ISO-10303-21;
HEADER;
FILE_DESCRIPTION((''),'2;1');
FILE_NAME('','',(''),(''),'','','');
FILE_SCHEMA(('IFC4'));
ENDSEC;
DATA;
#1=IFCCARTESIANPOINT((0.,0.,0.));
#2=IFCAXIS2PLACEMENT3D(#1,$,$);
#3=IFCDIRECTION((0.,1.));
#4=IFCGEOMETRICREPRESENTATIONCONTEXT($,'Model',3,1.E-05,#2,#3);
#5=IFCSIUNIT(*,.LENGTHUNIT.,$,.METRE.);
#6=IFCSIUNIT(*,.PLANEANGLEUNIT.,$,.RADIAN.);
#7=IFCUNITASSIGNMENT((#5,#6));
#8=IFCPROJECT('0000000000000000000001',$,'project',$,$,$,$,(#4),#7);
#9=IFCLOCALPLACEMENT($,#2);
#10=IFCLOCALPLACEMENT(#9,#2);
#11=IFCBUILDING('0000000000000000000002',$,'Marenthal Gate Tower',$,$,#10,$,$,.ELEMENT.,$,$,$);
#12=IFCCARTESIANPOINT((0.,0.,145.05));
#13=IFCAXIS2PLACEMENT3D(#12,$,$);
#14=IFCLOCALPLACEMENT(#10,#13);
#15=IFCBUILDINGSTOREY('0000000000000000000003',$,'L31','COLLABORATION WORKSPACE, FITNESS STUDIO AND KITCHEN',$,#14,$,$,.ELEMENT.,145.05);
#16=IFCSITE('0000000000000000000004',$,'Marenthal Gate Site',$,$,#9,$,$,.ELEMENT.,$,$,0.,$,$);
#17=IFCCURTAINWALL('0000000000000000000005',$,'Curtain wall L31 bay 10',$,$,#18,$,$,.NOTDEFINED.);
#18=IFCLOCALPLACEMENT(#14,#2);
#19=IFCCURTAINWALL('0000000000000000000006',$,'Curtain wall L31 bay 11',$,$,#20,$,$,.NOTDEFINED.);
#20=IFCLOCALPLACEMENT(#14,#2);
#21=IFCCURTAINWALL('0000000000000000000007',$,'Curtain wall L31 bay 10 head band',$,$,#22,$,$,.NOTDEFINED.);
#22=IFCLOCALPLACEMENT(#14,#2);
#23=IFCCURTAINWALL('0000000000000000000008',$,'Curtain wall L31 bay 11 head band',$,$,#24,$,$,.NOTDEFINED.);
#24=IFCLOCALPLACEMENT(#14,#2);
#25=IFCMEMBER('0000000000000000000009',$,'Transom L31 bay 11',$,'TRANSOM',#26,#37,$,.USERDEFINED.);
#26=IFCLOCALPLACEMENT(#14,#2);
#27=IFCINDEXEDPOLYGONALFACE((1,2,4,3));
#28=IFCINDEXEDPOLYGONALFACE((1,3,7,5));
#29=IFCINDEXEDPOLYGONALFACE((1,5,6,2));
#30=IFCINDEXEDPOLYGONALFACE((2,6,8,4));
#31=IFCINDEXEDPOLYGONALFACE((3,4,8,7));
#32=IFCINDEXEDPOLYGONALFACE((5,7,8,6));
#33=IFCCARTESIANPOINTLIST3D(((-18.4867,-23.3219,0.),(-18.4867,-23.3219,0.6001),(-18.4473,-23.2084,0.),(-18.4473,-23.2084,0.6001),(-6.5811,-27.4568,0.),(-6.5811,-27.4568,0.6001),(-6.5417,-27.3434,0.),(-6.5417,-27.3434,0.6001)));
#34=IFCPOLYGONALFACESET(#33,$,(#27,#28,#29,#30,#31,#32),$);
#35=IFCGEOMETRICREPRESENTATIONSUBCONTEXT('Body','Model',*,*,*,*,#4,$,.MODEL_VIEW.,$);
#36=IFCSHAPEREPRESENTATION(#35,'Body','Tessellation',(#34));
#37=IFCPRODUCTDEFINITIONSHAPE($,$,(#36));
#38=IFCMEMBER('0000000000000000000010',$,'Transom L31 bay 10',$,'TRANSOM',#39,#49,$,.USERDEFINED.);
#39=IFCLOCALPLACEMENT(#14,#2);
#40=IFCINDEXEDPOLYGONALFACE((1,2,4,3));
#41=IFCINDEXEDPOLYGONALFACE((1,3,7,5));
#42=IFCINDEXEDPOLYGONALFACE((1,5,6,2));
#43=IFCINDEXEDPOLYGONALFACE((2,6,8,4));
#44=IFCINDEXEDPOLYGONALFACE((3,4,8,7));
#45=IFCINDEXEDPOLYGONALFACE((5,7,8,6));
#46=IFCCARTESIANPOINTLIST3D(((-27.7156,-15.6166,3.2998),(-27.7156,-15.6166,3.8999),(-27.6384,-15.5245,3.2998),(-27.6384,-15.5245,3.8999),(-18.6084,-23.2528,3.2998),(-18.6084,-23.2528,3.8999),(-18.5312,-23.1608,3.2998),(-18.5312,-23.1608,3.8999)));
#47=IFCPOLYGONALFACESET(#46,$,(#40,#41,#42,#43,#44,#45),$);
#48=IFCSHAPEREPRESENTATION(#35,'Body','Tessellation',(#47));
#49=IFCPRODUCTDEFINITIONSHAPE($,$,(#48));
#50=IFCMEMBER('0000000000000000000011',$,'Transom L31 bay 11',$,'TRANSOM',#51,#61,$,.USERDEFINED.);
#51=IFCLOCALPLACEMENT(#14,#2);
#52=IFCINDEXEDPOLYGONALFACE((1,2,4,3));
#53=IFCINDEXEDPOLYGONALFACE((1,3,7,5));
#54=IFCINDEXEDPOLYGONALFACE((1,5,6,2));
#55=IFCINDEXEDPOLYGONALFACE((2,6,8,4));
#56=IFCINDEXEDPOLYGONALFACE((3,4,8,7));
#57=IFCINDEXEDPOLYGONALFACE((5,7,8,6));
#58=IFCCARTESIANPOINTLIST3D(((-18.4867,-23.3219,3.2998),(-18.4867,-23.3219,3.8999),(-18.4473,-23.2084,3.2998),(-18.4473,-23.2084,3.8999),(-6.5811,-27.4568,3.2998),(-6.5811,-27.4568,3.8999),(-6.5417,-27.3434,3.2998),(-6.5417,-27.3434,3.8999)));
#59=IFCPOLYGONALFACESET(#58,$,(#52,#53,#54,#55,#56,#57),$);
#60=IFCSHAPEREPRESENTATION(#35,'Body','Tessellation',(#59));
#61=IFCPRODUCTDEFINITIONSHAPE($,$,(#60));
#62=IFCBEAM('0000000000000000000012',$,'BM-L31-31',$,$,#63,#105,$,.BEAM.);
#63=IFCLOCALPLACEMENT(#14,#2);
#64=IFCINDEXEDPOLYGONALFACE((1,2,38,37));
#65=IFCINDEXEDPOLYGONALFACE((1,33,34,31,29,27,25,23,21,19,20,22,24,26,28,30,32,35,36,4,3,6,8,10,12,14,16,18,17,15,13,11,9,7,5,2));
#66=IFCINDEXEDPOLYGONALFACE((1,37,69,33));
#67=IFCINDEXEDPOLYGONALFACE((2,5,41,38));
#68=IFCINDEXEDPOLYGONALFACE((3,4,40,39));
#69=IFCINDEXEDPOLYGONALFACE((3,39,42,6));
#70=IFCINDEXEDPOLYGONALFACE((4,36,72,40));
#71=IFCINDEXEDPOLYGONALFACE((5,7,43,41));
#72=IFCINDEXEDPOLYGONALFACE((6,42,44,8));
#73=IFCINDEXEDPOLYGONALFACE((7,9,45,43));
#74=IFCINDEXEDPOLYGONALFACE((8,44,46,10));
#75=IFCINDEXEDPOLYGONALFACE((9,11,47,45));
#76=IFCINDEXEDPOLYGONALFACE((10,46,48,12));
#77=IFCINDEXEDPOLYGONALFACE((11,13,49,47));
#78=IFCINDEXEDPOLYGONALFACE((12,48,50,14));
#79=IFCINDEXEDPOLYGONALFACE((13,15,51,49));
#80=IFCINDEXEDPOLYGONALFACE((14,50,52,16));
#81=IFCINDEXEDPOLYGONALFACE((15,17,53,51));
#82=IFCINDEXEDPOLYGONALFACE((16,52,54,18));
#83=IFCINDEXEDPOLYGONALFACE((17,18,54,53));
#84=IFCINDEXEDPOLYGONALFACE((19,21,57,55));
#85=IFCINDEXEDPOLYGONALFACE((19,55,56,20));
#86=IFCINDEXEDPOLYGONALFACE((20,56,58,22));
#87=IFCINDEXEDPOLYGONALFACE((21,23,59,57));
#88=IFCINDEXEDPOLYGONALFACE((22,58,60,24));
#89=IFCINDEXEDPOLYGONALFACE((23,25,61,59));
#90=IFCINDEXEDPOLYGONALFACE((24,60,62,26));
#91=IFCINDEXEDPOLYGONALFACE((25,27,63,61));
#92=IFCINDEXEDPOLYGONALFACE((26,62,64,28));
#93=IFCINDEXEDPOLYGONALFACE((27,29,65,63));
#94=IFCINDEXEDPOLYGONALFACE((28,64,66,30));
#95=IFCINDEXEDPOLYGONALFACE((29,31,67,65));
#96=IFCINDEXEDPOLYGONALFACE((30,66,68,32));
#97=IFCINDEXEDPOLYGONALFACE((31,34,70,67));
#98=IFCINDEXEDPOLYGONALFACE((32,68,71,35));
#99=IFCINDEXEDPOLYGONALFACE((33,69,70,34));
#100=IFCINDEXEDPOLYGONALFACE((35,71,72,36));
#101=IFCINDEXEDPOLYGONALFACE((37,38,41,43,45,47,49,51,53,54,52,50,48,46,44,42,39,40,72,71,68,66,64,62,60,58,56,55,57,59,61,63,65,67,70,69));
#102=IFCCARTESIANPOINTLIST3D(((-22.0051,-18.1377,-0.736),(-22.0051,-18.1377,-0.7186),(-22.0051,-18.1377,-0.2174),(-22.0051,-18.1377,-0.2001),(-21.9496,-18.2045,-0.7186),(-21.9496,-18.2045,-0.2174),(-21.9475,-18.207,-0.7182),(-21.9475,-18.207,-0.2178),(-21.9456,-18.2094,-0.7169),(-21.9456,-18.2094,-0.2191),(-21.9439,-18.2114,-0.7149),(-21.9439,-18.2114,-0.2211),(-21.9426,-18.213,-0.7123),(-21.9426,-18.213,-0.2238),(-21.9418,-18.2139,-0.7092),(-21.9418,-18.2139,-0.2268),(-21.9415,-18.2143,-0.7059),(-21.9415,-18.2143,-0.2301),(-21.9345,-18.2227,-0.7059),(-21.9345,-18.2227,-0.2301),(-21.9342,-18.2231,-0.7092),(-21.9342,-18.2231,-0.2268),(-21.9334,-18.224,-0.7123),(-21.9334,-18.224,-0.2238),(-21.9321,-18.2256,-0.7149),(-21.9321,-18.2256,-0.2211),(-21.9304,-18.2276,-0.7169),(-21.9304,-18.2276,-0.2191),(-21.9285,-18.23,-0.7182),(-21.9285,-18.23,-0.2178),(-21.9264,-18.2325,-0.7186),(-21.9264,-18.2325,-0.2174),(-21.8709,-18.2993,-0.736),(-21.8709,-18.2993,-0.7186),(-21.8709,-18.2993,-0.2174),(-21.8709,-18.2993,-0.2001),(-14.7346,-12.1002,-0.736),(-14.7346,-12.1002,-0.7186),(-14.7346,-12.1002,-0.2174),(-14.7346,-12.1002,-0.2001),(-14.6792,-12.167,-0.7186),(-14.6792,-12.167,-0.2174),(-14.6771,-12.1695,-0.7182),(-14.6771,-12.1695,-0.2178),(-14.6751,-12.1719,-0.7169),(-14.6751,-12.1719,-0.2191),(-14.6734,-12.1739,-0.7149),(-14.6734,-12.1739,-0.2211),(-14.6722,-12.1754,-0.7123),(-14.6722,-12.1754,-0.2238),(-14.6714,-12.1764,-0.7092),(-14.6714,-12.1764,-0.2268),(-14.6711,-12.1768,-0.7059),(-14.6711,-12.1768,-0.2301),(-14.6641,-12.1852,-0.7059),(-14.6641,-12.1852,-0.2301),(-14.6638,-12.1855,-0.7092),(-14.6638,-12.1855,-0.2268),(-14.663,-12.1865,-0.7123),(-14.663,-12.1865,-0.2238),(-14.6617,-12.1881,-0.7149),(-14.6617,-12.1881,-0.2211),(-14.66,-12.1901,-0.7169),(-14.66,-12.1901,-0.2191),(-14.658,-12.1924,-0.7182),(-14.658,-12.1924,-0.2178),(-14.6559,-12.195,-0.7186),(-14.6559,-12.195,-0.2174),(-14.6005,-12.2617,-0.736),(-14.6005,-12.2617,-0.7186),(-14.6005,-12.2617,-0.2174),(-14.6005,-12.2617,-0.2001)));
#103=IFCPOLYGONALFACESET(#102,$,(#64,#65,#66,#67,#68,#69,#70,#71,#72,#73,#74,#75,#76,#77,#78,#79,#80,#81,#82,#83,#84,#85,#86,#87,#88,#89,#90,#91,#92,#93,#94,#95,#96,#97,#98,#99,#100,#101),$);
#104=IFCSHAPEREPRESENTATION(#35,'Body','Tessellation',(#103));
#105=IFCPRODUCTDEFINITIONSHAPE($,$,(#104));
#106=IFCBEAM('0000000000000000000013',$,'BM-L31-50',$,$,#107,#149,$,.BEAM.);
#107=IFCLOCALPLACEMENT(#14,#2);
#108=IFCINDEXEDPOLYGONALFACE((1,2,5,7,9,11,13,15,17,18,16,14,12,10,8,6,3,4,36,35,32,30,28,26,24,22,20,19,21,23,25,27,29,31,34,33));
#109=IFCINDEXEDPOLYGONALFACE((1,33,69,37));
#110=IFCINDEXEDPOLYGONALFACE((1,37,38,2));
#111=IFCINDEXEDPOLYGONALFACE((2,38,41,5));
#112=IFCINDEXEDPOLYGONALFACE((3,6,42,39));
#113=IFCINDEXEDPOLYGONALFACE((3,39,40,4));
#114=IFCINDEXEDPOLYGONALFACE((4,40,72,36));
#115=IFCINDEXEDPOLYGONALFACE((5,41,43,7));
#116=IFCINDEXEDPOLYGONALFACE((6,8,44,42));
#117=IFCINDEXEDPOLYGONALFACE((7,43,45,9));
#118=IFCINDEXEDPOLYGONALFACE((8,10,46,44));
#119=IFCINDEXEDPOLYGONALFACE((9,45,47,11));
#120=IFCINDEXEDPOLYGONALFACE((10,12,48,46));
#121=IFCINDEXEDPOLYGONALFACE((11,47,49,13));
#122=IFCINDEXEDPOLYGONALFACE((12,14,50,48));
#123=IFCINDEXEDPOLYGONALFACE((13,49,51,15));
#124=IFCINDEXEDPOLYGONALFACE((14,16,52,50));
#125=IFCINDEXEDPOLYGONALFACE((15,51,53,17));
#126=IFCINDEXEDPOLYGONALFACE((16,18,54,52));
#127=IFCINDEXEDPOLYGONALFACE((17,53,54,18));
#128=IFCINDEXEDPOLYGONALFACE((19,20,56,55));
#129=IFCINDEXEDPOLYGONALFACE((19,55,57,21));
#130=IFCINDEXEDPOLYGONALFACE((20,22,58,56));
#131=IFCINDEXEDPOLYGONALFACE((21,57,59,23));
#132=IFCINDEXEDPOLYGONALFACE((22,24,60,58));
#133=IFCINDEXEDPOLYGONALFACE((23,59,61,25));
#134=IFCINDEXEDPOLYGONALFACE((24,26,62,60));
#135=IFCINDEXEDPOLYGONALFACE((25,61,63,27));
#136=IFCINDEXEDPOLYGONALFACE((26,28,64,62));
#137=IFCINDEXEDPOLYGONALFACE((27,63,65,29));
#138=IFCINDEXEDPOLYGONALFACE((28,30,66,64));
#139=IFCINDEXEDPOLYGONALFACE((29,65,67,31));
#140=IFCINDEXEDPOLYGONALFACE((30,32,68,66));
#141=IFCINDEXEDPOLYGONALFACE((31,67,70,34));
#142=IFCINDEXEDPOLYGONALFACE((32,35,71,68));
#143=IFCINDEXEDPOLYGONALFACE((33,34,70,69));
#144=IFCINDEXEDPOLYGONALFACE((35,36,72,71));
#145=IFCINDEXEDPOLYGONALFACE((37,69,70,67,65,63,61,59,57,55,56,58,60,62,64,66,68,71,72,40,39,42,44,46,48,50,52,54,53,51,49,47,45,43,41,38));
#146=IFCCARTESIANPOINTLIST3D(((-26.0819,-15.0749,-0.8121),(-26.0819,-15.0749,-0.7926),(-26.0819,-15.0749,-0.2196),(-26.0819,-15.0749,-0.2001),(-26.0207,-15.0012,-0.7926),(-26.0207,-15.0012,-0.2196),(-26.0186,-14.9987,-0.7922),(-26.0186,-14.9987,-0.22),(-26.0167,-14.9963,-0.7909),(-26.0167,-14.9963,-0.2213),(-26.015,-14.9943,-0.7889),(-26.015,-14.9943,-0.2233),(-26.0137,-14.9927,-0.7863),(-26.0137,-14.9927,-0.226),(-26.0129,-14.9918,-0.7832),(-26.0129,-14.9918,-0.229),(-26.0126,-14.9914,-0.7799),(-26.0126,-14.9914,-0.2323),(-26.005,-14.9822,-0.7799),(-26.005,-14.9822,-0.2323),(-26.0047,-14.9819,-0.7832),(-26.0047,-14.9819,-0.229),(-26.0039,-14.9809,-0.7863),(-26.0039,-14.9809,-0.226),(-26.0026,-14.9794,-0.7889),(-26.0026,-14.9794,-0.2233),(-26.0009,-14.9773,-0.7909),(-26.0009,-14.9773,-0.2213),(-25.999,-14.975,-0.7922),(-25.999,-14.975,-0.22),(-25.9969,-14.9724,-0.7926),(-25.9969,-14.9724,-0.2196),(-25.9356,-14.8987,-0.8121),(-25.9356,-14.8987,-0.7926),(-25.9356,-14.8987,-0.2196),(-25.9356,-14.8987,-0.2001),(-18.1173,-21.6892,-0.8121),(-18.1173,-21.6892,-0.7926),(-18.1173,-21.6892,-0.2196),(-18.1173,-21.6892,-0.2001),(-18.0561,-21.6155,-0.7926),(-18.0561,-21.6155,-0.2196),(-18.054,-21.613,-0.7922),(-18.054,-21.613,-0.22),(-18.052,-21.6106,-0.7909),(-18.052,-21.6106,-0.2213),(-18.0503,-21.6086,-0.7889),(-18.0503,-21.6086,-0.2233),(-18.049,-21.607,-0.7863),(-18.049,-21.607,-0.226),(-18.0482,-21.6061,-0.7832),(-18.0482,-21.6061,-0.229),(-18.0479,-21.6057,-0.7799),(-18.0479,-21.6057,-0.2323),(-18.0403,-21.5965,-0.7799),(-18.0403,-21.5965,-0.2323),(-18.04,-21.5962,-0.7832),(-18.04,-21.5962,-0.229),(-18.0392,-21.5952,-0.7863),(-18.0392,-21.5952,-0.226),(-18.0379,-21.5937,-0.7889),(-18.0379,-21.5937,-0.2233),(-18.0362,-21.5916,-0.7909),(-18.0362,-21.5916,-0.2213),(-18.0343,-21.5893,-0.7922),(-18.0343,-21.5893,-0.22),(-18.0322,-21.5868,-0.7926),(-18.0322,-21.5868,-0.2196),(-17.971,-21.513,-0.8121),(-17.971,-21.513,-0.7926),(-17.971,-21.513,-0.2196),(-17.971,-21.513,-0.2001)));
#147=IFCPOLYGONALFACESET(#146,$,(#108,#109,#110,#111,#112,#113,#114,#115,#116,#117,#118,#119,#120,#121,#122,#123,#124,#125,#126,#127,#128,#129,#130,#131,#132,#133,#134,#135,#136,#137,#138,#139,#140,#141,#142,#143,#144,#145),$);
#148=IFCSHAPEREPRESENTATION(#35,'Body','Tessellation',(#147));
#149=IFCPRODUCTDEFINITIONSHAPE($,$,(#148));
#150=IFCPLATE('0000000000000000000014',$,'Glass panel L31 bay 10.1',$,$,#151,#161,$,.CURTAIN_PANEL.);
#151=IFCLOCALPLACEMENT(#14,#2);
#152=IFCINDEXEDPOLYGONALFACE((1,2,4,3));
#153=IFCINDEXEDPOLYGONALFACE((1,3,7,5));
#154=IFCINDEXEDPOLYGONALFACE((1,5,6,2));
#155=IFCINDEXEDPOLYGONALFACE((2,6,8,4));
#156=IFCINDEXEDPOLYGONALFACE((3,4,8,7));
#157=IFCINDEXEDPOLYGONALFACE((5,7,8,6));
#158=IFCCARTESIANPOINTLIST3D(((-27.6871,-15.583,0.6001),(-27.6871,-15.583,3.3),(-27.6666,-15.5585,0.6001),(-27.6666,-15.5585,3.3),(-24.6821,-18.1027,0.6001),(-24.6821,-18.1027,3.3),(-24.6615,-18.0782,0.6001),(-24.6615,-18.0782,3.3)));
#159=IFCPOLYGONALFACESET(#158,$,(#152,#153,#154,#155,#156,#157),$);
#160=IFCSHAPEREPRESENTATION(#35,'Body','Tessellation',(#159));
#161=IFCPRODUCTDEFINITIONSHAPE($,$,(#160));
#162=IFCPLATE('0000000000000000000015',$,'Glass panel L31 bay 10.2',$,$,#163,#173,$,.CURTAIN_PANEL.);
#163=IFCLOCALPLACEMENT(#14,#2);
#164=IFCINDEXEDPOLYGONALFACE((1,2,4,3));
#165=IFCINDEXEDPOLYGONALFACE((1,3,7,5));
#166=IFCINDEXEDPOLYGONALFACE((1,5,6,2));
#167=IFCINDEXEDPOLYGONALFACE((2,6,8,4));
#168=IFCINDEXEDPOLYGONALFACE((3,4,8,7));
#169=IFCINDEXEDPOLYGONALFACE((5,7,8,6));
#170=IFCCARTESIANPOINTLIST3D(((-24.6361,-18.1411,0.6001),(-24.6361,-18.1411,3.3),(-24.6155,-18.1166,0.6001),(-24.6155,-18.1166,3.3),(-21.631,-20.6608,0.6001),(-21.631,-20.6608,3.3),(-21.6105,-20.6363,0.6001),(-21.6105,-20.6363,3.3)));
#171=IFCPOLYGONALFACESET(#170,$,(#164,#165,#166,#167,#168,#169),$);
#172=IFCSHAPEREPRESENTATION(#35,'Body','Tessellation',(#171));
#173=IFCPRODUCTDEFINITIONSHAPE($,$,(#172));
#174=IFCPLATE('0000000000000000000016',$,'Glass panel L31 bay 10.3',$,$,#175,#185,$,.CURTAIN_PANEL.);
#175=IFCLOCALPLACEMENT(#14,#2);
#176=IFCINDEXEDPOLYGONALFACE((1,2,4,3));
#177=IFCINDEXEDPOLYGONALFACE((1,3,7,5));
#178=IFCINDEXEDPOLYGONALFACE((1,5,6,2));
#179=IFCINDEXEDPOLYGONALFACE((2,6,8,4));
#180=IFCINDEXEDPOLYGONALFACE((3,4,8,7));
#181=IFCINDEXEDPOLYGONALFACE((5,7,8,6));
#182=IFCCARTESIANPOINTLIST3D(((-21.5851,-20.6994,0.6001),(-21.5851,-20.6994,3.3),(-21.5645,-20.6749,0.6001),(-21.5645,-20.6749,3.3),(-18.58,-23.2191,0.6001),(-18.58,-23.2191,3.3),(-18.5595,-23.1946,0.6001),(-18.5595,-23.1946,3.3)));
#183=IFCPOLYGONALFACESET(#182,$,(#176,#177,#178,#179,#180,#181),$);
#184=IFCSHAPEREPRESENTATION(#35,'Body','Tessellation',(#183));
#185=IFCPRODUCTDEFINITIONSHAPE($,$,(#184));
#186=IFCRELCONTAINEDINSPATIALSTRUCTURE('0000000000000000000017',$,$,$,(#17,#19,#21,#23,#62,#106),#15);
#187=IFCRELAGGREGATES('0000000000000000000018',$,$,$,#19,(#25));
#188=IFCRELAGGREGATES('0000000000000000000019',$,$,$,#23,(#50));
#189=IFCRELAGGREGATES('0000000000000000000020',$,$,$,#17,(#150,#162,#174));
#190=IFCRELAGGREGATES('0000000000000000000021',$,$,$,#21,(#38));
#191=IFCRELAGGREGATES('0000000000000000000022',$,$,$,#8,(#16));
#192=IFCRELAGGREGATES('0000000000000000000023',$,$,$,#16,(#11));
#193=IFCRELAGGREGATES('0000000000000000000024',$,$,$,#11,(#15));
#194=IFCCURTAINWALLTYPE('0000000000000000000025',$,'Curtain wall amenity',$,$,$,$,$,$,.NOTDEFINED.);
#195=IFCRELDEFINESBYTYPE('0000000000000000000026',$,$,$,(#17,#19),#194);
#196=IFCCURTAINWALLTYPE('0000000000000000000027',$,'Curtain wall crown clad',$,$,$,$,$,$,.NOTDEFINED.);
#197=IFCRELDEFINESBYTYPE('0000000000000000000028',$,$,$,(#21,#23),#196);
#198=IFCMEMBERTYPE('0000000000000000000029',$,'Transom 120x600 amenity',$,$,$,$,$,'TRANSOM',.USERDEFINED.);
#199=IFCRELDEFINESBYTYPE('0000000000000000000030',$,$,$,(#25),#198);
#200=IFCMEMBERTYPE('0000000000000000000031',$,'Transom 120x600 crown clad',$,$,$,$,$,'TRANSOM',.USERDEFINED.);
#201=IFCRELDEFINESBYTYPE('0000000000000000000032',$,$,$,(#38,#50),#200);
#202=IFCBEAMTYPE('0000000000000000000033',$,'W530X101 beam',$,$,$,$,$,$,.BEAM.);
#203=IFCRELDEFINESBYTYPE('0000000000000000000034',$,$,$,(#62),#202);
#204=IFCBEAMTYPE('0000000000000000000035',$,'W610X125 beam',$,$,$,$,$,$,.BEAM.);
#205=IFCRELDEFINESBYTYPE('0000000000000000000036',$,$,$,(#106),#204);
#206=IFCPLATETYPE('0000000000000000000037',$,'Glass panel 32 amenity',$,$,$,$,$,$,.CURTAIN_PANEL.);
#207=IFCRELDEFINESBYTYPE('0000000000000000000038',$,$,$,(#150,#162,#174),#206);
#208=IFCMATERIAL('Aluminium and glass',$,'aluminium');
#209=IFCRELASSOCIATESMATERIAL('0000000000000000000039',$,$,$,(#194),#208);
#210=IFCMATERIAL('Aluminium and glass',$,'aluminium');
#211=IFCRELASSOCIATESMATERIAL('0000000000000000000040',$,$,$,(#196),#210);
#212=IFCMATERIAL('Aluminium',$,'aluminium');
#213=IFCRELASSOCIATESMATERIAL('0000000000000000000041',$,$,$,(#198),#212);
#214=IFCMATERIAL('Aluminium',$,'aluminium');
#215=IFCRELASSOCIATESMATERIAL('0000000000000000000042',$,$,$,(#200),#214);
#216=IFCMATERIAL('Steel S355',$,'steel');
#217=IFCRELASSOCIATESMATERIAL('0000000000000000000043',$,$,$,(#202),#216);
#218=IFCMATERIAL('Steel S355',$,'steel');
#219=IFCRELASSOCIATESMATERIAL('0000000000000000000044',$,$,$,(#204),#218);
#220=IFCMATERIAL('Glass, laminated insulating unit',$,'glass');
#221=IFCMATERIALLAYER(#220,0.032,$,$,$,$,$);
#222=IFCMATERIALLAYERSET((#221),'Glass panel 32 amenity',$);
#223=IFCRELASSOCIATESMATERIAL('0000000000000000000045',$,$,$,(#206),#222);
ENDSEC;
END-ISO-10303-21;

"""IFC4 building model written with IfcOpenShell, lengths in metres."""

from ifc_helpers import new_model, si_unit, direction, frame, origin, origin_2d, place, context, subcontext, project, spatial, rectangle, i_section, extrude, material, layer, layer_set, material_profile, profile_set, type_object, element, aggregate, save


model = new_model("IFC4")

# Units and contexts
model_context = context("Model", 3, precision=1e-05, world=origin(), true_north=direction((0.0, 1.0)))
body_context = subcontext(model_context, "Body", "Model", "MODEL_VIEW")
ifc_project = project(units=[si_unit("LENGTHUNIT", "METRE"), si_unit("PLANEANGLEUNIT", "RADIAN")], contexts=[model_context])

# Site, building, storey
site_placement = place(None, origin())
site = spatial("IfcSite", under=ifc_project, at=site_placement, Name="Marenthal Gate Site", CompositionType="ELEMENT", RefElevation=0.0)
building_placement = place(site_placement, origin())
building = spatial("IfcBuilding", under=site, at=building_placement, Name="Marenthal Gate Tower", CompositionType="ELEMENT")
storey_placement = place(building_placement, frame((0.0, 0.0, 145.05)))
storey = spatial("IfcBuildingStorey", under=building, at=storey_placement, Name="L31", Description="COLLABORATION WORKSPACE, FITNESS STUDIO AND KITCHEN", CompositionType="ELEMENT", Elevation=145.05)

# Shared definitions
ifc_material_1 = material(Name="Aluminium and glass", Category="aluminium")
curtain_wall_type_1 = type_object("IfcCurtainWallType", Name="Curtain wall amenity", PredefinedType="NOTDEFINED", material=ifc_material_1)

# Curtain wall
curtain_wall_1_placement = place(storey_placement, origin())
curtain_wall_1 = element("IfcCurtainWall", 1, at=curtain_wall_1_placement, inside=storey, type_object=curtain_wall_type_1, Name="Curtain wall L31 bay 10", PredefinedType="NOTDEFINED")

# Curtain wall
curtain_wall_2_placement = place(storey_placement, origin())
curtain_wall_2 = element("IfcCurtainWall", 2, at=curtain_wall_2_placement, inside=storey, type_object=curtain_wall_type_1, Name="Curtain wall L31 bay 11", PredefinedType="NOTDEFINED")
ifc_material_2 = material(Name="Aluminium and glass", Category="aluminium")
curtain_wall_type_2 = type_object("IfcCurtainWallType", Name="Curtain wall crown clad", PredefinedType="NOTDEFINED", material=ifc_material_2)

# Curtain wall
curtain_wall_3_placement = place(storey_placement, origin())
curtain_wall_3 = element("IfcCurtainWall", 3, at=curtain_wall_3_placement, inside=storey, type_object=curtain_wall_type_2, Name="Curtain wall L31 bay 10 head band", PredefinedType="NOTDEFINED")

# Curtain wall
curtain_wall_4_placement = place(storey_placement, origin())
curtain_wall_4 = element("IfcCurtainWall", 4, at=curtain_wall_4_placement, inside=storey, type_object=curtain_wall_type_2, Name="Curtain wall L31 bay 11 head band", PredefinedType="NOTDEFINED")

# Members
ifc_material_3 = material(Name="Aluminium", Category="aluminium")
ifc_material_profile_1 = material_profile(ifc_material_3, rectangle(XDim=0.1201, YDim=0.6001, at=origin_2d()), Name="120x600 aluminium transom")
ifc_profile_set_1 = profile_set([ifc_material_profile_1], Name="Aluminium")
member_type_1 = type_object("IfcMemberType", Name="Transom 120x600 amenity", ElementType="TRANSOM", PredefinedType="USERDEFINED", material=ifc_profile_set_1)
member_1_placement = place(storey_placement, frame((-18.467, -23.2651, 0.3), z_axis=(0.944647, -0.328087, 0.0), x_axis=(0.328087, 0.944647, 0.0)))
member_1 = element("IfcMember", 5, at=member_1_placement, type_object=member_type_1, Name="Transom L31 bay 11", ObjectType="TRANSOM", PredefinedType="USERDEFINED", context=body_context, shape_type="SweptSolid", body=[
    extrude(rectangle(XDim=0.1201, YDim=0.6001, at=origin_2d()), origin(), (0.0, 0.0, 1.0), 12.6033),
])
aggregate(curtain_wall_2, [member_1])
ifc_material_4 = material(Name="Aluminium", Category="aluminium")
ifc_material_profile_2 = material_profile(ifc_material_4, rectangle(XDim=0.1201, YDim=0.6001, at=origin_2d()), Name="120x600 aluminium transom")
ifc_profile_set_2 = profile_set([ifc_material_profile_2], Name="Aluminium")
member_type_2 = type_object("IfcMemberType", Name="Transom 120x600 crown clad", ElementType="TRANSOM", PredefinedType="USERDEFINED", material=ifc_profile_set_2)
member_2_placement = place(storey_placement, frame((-27.677, -15.5706, 3.5999), z_axis=(0.766276, -0.642511, 0.0), x_axis=(0.642511, 0.766276, 0.0)))
member_2 = element("IfcMember", 6, at=member_2_placement, type_object=member_type_2, Name="Transom L31 bay 10", ObjectType="TRANSOM", PredefinedType="USERDEFINED", context=body_context, shape_type="SweptSolid", body=[
    extrude(rectangle(XDim=0.1201, YDim=0.6001, at=origin_2d()), origin(), (0.0, 0.0, 1.0), 11.885),
])
member_3_placement = place(storey_placement, frame((-18.467, -23.2651, 3.5999), z_axis=(0.944647, -0.328087, 0.0), x_axis=(0.328087, 0.944647, 0.0)))
member_3 = element("IfcMember", 7, at=member_3_placement, type_object=member_type_2, Name="Transom L31 bay 11", ObjectType="TRANSOM", PredefinedType="USERDEFINED", context=body_context, shape_type="SweptSolid", body=[
    extrude(rectangle(XDim=0.1201, YDim=0.6001, at=origin_2d()), origin(), (0.0, 0.0, 1.0), 12.6033),
])
aggregate(curtain_wall_4, [member_3])

# Beams
ifc_material_5 = material(Name="Steel S355", Category="steel")
ifc_material_profile_3 = material_profile(ifc_material_5, i_section(OverallWidth=0.21, OverallDepth=0.5359, WebThickness=0.011, FlangeThickness=0.0173, FilletRadius=0.0127, at=origin_2d()), Name="W530X101")
ifc_profile_set_3 = profile_set([ifc_material_profile_3], Name="Steel S355")
beam_type_1 = type_object("IfcBeamType", Name="W530X101 beam", PredefinedType="BEAM", material=ifc_profile_set_3)
beam_1_placement = place(storey_placement, frame((-21.938, -18.2185, -0.468), z_axis=(0.769321, 0.638862, 0.0), x_axis=(-0.638862, 0.769321, 0.0)))
element("IfcBeam", 8, at=beam_1_placement, inside=storey, type_object=beam_type_1, Name="BM-L31-31", PredefinedType="BEAM", context=body_context, shape_type="SweptSolid", body=[
    extrude(i_section(OverallWidth=0.21, OverallDepth=0.5359, WebThickness=0.011, FlangeThickness=0.0173, FilletRadius=0.0127, at=origin_2d()), origin(), (0.0, 0.0, 1.0), 9.4504),
])
ifc_material_6 = material(Name="Steel S355", Category="steel")
ifc_material_profile_4 = material_profile(ifc_material_6, i_section(OverallWidth=0.229, OverallDepth=0.6121, WebThickness=0.012, FlangeThickness=0.0195, FilletRadius=0.0127, at=origin_2d()), Name="W610X125")
ifc_profile_set_4 = profile_set([ifc_material_profile_4], Name="Steel S355")
beam_type_2 = type_object("IfcBeamType", Name="W610X125 beam", PredefinedType="BEAM", material=ifc_profile_set_4)
beam_2_placement = place(storey_placement, frame((-26.0088, -14.9868, -0.5061), z_axis=(0.769308, -0.638878, 0.0), x_axis=(0.638878, 0.769308, 0.0)))
element("IfcBeam", 9, at=beam_2_placement, inside=storey, type_object=beam_type_2, Name="BM-L31-50", PredefinedType="BEAM", context=body_context, shape_type="SweptSolid", body=[
    extrude(i_section(OverallWidth=0.229, OverallDepth=0.6121, WebThickness=0.012, FlangeThickness=0.0195, FilletRadius=0.0127, at=origin_2d()), origin(), (0.0, 0.0, 1.0), 10.353),
])

# Plates
ifc_material_7 = material(Name="Glass, laminated insulating unit", Category="glass")
ifc_layer_1 = layer(ifc_material_7, 0.032)
ifc_layer_set_1 = layer_set([ifc_layer_1], Name="Glass panel 32 amenity")
plate_type_1 = type_object("IfcPlateType", Name="Glass panel 32 amenity", PredefinedType="CURTAIN_PANEL", material=ifc_layer_set_1)
plate_1_placement = place(storey_placement, frame((-26.1743, -16.8306, 0.6001), z_axis=(0.0, 0.0, 1.0), x_axis=(0.766277, -0.642511, 0.0)))
plate_1 = element("IfcPlate", 10, at=plate_1_placement, type_object=plate_type_1, Name="Glass panel L31 bay 10.1", PredefinedType="CURTAIN_PANEL", context=body_context, shape_type="SweptSolid", body=[
    extrude(rectangle(XDim=3.9216, YDim=0.032, at=origin_2d()), origin(), (0.0, 0.0, 1.0), 2.7),
])
plate_2_placement = place(storey_placement, frame((-23.1233, -19.3887, 0.6001), z_axis=(0.0, 0.0, 1.0), x_axis=(0.766277, -0.642511, 0.0)))
plate_2 = element("IfcPlate", 11, at=plate_2_placement, type_object=plate_type_1, Name="Glass panel L31 bay 10.2", PredefinedType="CURTAIN_PANEL", context=body_context, shape_type="SweptSolid", body=[
    extrude(rectangle(XDim=3.9216, YDim=0.032, at=origin_2d()), origin(), (0.0, 0.0, 1.0), 2.7),
])
plate_3_placement = place(storey_placement, frame((-20.0723, -21.947, 0.6001), z_axis=(0.0, 0.0, 1.0), x_axis=(0.766277, -0.642511, 0.0)))
plate_3 = element("IfcPlate", 12, at=plate_3_placement, type_object=plate_type_1, Name="Glass panel L31 bay 10.3", PredefinedType="CURTAIN_PANEL", context=body_context, shape_type="SweptSolid", body=[
    extrude(rectangle(XDim=3.9216, YDim=0.032, at=origin_2d()), origin(), (0.0, 0.0, 1.0), 2.7),
])
aggregate(curtain_wall_1, [plate_1, plate_2, plate_3])
aggregate(curtain_wall_3, [member_2])

save(model, "model.ifc")
